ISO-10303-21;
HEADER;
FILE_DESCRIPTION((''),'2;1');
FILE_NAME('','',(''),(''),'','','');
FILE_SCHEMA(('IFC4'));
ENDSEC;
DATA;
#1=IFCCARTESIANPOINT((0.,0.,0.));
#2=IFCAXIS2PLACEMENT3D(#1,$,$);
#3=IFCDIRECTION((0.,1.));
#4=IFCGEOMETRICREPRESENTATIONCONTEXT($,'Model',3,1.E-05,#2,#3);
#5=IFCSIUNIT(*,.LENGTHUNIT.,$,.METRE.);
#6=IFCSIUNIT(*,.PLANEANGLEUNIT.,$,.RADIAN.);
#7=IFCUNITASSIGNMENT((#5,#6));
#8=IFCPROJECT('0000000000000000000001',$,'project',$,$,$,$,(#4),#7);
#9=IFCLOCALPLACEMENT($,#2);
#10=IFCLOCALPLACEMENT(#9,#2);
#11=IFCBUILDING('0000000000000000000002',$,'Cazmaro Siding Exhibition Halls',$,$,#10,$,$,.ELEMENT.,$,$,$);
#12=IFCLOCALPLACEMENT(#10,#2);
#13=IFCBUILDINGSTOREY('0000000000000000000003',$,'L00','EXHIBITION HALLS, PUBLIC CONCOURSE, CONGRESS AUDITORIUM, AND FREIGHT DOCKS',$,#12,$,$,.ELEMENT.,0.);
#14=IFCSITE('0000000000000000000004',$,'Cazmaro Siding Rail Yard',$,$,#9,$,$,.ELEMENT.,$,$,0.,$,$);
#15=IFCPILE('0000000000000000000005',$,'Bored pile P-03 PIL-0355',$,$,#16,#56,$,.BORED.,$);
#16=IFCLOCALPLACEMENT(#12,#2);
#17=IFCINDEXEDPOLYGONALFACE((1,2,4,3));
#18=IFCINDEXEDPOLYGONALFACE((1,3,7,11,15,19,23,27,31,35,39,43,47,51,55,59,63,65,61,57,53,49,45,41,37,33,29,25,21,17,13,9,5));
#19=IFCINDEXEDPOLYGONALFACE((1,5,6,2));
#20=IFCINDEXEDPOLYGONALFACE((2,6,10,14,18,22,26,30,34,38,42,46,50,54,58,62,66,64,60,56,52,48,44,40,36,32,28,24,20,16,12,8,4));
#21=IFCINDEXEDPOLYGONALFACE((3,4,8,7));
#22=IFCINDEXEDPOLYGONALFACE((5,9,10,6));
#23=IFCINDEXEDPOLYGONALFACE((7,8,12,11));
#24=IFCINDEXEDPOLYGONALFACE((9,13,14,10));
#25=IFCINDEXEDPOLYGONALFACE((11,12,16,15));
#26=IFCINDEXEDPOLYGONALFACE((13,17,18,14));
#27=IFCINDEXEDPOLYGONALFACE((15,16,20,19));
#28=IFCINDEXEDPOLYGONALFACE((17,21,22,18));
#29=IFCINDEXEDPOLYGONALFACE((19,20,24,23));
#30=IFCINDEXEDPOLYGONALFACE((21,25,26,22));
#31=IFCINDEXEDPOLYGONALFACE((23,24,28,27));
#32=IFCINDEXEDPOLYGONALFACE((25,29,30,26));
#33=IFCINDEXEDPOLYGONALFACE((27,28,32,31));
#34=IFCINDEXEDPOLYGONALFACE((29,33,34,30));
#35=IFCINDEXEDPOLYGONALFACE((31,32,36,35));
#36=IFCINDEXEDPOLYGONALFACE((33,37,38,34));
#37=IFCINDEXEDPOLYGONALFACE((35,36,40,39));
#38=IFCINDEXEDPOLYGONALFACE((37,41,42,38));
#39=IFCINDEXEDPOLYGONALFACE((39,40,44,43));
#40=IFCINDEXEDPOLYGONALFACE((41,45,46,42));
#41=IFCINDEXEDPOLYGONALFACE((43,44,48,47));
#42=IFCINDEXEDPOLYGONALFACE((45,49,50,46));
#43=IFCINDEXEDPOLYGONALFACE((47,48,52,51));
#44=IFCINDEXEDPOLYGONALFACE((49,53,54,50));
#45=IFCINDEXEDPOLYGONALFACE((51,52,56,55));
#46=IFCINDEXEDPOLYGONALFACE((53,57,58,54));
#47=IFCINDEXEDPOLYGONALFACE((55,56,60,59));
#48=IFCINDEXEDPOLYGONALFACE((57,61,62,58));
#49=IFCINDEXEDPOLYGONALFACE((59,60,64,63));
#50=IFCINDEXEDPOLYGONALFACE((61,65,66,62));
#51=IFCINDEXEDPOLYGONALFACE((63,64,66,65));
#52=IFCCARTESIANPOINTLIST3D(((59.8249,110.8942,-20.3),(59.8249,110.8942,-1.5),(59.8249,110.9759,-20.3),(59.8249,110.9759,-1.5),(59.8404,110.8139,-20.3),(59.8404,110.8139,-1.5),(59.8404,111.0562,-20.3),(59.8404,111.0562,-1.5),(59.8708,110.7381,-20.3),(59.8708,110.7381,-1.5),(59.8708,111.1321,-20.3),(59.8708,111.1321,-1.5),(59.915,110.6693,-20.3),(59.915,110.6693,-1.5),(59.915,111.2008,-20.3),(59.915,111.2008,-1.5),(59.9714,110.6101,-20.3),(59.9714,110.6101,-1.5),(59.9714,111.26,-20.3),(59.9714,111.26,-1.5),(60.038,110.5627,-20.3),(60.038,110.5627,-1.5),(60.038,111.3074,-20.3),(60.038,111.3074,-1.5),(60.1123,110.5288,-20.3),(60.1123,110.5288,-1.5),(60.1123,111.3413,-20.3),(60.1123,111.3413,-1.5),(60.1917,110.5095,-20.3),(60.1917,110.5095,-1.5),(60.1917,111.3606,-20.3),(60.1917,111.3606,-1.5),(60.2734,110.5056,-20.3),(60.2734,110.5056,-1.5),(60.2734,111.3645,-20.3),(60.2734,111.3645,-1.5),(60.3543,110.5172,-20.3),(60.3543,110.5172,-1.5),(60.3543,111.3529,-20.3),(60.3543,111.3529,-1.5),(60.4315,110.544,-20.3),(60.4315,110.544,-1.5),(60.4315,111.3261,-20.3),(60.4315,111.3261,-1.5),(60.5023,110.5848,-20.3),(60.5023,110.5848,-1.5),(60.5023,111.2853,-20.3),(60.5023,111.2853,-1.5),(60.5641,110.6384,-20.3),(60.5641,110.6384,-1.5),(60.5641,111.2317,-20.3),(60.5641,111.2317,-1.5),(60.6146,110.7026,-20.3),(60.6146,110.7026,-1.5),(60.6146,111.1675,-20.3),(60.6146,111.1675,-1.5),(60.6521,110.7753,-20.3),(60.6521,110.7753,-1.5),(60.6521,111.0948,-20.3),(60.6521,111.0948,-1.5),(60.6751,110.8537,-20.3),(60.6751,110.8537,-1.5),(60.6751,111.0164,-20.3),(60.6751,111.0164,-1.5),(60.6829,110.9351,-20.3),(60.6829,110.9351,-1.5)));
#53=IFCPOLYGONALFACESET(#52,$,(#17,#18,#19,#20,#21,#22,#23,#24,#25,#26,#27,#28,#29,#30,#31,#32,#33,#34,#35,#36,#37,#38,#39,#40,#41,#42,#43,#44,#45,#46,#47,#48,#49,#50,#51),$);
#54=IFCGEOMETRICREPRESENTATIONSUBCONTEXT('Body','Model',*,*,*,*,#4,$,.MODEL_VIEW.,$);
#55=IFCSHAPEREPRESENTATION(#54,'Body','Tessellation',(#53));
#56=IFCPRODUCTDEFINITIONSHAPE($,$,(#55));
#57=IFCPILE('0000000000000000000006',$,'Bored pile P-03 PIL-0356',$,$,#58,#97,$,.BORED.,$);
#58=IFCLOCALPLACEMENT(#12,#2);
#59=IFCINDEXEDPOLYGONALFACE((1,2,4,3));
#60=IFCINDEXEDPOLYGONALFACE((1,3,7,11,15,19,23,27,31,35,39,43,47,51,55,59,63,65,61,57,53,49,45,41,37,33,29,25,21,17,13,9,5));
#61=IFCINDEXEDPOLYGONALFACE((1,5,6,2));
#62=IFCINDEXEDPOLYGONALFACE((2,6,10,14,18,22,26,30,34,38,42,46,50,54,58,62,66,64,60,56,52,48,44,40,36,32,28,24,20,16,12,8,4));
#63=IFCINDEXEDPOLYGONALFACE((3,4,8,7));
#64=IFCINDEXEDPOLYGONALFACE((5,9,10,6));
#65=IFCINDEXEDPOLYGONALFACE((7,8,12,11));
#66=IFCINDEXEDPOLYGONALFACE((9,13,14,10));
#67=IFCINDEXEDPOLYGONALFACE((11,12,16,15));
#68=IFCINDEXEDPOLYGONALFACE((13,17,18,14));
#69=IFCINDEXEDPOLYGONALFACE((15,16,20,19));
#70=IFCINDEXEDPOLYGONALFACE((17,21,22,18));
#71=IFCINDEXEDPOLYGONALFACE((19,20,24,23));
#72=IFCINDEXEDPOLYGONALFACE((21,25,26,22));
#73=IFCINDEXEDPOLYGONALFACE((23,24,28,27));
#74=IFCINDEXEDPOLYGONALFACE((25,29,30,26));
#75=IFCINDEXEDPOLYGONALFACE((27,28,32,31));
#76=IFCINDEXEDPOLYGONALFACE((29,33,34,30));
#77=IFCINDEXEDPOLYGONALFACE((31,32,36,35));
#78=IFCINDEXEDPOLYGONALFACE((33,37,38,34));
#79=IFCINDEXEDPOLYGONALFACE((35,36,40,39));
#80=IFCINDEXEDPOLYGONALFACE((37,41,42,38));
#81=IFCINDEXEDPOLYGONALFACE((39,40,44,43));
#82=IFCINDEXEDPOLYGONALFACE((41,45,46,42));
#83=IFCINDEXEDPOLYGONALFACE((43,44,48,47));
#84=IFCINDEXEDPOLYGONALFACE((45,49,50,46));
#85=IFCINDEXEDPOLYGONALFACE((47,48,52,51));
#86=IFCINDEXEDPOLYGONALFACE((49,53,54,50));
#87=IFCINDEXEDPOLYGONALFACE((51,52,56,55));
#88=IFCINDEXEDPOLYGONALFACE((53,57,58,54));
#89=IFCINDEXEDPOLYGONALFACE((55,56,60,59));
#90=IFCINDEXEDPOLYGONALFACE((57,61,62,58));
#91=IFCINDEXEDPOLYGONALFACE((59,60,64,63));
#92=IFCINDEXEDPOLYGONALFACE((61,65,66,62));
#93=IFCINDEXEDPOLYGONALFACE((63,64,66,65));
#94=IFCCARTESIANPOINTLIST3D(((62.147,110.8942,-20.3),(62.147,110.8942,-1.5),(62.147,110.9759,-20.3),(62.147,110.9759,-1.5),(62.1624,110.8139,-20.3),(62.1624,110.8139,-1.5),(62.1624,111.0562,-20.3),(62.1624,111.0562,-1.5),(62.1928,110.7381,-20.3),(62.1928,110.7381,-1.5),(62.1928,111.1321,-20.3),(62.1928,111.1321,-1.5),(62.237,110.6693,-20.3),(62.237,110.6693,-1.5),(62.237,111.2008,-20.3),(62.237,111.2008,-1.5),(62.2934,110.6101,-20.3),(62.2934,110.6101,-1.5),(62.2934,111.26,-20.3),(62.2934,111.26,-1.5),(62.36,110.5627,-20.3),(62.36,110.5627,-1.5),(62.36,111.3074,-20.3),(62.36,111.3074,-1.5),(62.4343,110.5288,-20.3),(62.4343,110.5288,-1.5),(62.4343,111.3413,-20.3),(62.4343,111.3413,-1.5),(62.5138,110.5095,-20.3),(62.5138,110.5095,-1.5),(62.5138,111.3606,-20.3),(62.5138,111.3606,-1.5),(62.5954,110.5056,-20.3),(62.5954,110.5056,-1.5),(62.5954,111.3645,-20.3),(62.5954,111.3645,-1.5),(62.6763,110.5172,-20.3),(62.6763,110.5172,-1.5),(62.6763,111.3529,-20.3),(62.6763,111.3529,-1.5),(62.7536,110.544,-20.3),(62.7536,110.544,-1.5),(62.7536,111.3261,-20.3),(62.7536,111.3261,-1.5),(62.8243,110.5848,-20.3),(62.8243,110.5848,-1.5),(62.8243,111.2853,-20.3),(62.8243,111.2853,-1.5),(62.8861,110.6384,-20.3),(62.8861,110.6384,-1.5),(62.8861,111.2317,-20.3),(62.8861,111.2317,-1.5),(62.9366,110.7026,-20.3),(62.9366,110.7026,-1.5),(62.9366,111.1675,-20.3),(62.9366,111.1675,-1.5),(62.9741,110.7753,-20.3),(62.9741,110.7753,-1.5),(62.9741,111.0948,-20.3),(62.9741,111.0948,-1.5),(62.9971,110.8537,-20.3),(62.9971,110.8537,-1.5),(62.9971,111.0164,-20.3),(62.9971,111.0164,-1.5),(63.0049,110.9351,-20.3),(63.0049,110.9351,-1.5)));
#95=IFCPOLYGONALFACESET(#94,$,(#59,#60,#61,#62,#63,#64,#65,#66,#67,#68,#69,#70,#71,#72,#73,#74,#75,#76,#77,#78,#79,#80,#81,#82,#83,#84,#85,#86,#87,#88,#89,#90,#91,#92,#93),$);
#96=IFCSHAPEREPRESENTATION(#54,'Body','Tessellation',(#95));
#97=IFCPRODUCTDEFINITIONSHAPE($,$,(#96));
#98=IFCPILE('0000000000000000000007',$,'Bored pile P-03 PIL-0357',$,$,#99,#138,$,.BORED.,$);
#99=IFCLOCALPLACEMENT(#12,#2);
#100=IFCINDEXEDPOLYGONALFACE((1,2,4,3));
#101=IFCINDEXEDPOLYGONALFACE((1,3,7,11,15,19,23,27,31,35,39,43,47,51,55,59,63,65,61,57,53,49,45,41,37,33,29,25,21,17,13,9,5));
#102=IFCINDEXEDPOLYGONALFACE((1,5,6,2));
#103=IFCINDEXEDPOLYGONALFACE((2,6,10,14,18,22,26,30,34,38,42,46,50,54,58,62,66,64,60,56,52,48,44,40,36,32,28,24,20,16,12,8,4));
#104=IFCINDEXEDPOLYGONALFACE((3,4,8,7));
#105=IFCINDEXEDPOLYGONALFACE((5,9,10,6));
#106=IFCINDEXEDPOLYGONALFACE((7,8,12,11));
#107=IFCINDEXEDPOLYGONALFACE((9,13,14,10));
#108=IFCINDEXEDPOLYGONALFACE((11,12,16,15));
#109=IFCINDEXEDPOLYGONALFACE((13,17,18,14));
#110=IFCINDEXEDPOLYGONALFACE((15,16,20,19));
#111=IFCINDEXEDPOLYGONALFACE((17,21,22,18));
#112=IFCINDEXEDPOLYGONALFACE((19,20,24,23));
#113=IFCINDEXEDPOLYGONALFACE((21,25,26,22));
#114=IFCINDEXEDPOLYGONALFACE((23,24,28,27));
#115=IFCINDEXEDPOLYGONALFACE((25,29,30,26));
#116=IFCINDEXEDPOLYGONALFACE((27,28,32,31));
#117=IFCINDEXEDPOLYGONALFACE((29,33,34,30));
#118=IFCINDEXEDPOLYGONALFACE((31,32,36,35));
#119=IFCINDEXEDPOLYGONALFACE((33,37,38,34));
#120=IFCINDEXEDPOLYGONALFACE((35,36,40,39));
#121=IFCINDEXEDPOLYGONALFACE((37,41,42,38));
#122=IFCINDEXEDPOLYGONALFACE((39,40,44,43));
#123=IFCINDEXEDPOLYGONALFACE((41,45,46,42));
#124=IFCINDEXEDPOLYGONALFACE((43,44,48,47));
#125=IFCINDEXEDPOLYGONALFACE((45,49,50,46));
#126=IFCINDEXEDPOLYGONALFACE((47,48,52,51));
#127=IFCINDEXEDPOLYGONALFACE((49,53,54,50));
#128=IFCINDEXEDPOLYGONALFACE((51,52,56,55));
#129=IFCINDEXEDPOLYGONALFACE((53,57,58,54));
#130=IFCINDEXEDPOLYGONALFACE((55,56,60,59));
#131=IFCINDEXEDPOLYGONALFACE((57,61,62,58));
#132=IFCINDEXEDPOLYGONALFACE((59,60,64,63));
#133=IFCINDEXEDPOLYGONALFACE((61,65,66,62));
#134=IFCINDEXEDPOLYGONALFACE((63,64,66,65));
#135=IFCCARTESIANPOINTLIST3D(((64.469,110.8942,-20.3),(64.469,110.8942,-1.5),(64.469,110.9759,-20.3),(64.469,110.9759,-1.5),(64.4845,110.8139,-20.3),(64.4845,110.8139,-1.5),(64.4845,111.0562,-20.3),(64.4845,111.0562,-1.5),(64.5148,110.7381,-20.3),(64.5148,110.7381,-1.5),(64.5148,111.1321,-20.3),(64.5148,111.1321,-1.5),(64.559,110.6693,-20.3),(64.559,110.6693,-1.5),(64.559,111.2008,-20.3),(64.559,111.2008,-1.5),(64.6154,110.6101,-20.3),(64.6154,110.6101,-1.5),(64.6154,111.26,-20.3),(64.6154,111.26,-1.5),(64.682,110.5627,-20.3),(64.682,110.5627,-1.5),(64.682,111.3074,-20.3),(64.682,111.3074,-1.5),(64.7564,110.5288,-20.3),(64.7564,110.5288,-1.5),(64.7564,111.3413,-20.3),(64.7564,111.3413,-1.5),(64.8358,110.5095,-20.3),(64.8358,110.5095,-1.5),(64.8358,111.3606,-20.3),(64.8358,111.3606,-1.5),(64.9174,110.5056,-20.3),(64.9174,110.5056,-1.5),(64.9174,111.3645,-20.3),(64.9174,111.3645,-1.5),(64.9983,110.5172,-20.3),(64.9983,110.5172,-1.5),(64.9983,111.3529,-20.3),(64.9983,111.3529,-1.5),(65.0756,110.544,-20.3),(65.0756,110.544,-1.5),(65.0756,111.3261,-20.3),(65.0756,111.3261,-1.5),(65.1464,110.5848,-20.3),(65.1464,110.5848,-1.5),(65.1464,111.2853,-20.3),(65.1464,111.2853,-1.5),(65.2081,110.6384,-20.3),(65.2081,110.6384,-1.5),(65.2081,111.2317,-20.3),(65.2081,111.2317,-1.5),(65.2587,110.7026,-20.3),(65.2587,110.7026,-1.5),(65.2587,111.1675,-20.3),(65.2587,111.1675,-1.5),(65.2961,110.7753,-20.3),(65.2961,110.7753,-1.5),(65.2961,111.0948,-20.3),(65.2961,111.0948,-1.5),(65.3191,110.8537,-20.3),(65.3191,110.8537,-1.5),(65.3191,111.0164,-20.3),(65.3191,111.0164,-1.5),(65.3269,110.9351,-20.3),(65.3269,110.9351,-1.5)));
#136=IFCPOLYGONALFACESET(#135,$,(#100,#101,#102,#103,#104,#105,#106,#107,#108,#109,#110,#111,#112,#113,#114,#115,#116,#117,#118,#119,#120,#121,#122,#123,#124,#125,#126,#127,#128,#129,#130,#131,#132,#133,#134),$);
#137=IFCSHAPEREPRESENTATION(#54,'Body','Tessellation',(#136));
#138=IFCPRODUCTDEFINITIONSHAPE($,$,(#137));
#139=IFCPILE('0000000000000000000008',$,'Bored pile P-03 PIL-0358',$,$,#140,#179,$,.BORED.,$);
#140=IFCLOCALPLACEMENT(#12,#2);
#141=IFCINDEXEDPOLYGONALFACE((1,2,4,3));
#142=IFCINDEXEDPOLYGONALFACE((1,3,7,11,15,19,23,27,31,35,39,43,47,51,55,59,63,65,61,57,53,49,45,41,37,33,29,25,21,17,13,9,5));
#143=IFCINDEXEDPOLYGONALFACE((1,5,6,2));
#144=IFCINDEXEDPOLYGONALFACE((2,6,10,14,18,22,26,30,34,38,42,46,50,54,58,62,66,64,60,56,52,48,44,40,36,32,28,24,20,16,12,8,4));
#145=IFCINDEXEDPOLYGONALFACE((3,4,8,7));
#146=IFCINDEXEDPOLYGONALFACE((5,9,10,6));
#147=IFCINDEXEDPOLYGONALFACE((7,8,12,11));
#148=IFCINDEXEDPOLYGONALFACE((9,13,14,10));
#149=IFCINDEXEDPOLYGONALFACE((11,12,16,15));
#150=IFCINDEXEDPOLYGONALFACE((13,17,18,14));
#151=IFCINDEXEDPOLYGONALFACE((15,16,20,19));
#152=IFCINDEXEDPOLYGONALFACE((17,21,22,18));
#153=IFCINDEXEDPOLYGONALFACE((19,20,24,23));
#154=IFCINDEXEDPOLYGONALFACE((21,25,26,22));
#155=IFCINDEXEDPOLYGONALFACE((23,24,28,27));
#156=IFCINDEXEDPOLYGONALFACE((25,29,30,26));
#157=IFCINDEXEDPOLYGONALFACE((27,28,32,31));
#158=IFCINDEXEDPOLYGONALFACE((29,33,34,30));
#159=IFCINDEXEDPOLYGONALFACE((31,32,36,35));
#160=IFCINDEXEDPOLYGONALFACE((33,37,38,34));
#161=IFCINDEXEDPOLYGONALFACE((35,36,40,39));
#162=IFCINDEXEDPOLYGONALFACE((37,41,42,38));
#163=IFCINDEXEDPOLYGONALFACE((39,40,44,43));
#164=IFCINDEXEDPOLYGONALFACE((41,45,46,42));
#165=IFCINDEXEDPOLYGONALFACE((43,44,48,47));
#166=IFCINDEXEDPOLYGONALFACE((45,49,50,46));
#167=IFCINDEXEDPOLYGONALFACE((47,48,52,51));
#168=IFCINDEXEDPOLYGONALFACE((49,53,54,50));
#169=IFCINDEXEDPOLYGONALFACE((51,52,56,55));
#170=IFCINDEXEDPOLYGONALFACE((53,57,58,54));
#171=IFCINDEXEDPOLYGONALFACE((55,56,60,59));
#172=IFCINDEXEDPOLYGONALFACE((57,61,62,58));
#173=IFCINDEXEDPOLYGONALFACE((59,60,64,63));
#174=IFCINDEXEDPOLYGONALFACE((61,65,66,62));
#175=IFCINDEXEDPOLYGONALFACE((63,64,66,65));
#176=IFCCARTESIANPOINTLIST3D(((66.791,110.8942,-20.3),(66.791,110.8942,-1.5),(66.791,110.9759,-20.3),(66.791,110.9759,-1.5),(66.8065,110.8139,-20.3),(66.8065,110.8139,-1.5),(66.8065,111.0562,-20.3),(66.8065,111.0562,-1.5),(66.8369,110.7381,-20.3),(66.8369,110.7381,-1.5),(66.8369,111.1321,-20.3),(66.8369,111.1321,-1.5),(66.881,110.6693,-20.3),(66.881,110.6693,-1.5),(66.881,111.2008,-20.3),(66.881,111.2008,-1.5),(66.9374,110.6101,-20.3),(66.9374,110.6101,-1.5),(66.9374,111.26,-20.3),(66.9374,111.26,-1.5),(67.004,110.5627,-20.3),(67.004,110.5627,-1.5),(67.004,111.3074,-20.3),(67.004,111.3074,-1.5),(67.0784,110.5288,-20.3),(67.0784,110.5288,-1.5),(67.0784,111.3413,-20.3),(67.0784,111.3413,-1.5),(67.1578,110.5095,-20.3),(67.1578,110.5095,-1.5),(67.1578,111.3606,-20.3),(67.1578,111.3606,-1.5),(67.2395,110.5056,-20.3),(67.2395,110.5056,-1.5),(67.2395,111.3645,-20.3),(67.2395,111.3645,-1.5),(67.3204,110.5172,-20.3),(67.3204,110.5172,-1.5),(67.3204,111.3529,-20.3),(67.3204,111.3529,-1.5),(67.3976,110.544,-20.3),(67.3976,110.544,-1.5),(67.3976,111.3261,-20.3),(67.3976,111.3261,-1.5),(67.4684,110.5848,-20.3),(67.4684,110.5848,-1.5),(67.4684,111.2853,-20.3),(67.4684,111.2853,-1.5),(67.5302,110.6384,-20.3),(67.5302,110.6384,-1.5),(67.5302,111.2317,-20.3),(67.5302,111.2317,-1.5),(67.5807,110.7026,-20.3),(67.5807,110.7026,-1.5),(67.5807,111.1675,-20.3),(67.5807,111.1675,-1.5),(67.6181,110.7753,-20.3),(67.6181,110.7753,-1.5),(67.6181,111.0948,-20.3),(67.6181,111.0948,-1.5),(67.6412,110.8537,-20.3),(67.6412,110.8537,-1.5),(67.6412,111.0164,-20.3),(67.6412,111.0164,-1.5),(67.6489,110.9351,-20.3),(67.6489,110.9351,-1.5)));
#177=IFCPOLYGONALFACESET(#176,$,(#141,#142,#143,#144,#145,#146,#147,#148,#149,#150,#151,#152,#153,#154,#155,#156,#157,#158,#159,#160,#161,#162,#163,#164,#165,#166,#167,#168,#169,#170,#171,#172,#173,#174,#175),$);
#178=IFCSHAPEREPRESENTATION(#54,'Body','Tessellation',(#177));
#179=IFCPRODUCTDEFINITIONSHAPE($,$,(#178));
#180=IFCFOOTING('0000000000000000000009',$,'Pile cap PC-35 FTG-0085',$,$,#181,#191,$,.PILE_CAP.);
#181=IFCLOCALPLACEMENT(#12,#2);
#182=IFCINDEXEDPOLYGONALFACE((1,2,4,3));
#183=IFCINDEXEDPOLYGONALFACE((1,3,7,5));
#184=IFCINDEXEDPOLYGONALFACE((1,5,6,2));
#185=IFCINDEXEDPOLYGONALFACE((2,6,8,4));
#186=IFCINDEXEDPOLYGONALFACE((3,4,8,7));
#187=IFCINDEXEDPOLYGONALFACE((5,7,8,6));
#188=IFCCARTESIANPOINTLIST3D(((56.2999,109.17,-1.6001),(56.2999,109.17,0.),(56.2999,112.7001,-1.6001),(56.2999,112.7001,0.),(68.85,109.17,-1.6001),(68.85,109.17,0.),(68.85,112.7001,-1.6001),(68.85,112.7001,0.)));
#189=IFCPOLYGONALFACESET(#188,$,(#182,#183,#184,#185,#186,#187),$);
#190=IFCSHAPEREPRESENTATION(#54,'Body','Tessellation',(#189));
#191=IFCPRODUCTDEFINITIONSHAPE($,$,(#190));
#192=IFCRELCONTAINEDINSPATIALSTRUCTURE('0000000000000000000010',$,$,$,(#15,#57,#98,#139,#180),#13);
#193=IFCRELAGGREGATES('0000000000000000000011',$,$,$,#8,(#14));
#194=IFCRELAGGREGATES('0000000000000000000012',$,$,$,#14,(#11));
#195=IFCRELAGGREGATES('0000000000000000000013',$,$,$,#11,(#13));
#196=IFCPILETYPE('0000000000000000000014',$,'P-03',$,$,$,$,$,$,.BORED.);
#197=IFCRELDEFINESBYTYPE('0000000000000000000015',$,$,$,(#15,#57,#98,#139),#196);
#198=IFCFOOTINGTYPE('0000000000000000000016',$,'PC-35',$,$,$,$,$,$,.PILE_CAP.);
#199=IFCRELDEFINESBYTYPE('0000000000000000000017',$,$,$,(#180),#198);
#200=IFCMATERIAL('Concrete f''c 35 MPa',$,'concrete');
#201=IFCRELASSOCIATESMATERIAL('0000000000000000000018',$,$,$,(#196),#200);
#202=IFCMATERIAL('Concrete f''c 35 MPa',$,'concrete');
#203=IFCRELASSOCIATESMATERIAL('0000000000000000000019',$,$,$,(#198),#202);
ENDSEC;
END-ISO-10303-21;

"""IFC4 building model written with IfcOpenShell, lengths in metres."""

from ifc_helpers import new_model, si_unit, direction, frame, origin, origin_2d, place, context, subcontext, project, spatial, rectangle, circle, extrude, material, material_profile, profile_set, type_object, element, save


model = new_model("IFC4")

# Units and contexts
model_context = context("Model", 3, precision=1e-05, world=origin(), true_north=direction((0.0, 1.0)))
body_context = subcontext(model_context, "Body", "Model", "MODEL_VIEW")
ifc_project = project(units=[si_unit("LENGTHUNIT", "METRE"), si_unit("PLANEANGLEUNIT", "RADIAN")], contexts=[model_context])

# Site, building, storey
site_placement = place(None, origin())
site = spatial("IfcSite", under=ifc_project, at=site_placement, Name="Cazmaro Siding Rail Yard", CompositionType="ELEMENT", RefElevation=0.0)
building_placement = place(site_placement, origin())
building = spatial("IfcBuilding", under=site, at=building_placement, Name="Cazmaro Siding Exhibition Halls", CompositionType="ELEMENT")
storey_placement = place(building_placement, origin())
storey = spatial("IfcBuildingStorey", under=building, at=storey_placement, Name="L00", Description="EXHIBITION HALLS, PUBLIC CONCOURSE, CONGRESS AUDITORIUM, AND FREIGHT DOCKS", CompositionType="ELEMENT", Elevation=0.0)

# Piles
ifc_material_1 = material(Name="Concrete f'c 35 MPa", Category="concrete")
ifc_material_profile_1 = material_profile(ifc_material_1, circle(Radius=0.4299, at=origin_2d()), Name="CIDH-860")
ifc_profile_set_1 = profile_set([ifc_material_profile_1], Name="Concrete f'c 35 MPa")
pile_type = type_object("IfcPileType", Name="P-03", PredefinedType="BORED", material=ifc_profile_set_1)
for number, where, z_axis, x_axis, name in (
    (1, (60.2529, 110.9351, -1.5), (0.0, 0.0, -1.0), (1.0, 0.0, 0.0), "Bored pile P-03 PIL-0355"),
    (2, (62.575, 110.9351, -1.5), (0.0, 0.0, -1.0), (1.0, 0.0, 0.0), "Bored pile P-03 PIL-0356"),
    (3, (64.897, 110.9351, -1.5), (0.0, 0.0, -1.0), (1.0, 0.0, 0.0), "Bored pile P-03 PIL-0357"),
    (4, (67.219, 110.9351, -1.5), (0.0, 0.0, -1.0), (1.0, 0.0, 0.0), "Bored pile P-03 PIL-0358"),
):
    element("IfcPile", number, at=place(storey_placement, frame(where, z_axis=z_axis, x_axis=x_axis)), inside=storey, type_object=pile_type, Name=name, PredefinedType="BORED", context=body_context, shape_type="SweptSolid", body=[
        extrude(circle(Radius=0.4299, at=origin_2d()), origin(), (0.0, 0.0, 1.0), 18.8),
    ])

# Footing
ifc_material_2 = material(Name="Concrete f'c 35 MPa", Category="concrete")
footing_type = type_object("IfcFootingType", Name="PC-35", PredefinedType="PILE_CAP", material=ifc_material_2)
footing_placement = place(storey_placement, frame((62.575, 110.9351, -1.6001), z_axis=(0.0, 0.0, 1.0), x_axis=(1.0, 0.0, 0.0)))
element("IfcFooting", 5, at=footing_placement, inside=storey, type_object=footing_type, Name="Pile cap PC-35 FTG-0085", PredefinedType="PILE_CAP", context=body_context, shape_type="SweptSolid", body=[
    extrude(rectangle(XDim=12.55, YDim=3.53, at=origin_2d()), origin(), (0.0, 0.0, 1.0), 1.6001),
])

save(model, "model.ifc")
